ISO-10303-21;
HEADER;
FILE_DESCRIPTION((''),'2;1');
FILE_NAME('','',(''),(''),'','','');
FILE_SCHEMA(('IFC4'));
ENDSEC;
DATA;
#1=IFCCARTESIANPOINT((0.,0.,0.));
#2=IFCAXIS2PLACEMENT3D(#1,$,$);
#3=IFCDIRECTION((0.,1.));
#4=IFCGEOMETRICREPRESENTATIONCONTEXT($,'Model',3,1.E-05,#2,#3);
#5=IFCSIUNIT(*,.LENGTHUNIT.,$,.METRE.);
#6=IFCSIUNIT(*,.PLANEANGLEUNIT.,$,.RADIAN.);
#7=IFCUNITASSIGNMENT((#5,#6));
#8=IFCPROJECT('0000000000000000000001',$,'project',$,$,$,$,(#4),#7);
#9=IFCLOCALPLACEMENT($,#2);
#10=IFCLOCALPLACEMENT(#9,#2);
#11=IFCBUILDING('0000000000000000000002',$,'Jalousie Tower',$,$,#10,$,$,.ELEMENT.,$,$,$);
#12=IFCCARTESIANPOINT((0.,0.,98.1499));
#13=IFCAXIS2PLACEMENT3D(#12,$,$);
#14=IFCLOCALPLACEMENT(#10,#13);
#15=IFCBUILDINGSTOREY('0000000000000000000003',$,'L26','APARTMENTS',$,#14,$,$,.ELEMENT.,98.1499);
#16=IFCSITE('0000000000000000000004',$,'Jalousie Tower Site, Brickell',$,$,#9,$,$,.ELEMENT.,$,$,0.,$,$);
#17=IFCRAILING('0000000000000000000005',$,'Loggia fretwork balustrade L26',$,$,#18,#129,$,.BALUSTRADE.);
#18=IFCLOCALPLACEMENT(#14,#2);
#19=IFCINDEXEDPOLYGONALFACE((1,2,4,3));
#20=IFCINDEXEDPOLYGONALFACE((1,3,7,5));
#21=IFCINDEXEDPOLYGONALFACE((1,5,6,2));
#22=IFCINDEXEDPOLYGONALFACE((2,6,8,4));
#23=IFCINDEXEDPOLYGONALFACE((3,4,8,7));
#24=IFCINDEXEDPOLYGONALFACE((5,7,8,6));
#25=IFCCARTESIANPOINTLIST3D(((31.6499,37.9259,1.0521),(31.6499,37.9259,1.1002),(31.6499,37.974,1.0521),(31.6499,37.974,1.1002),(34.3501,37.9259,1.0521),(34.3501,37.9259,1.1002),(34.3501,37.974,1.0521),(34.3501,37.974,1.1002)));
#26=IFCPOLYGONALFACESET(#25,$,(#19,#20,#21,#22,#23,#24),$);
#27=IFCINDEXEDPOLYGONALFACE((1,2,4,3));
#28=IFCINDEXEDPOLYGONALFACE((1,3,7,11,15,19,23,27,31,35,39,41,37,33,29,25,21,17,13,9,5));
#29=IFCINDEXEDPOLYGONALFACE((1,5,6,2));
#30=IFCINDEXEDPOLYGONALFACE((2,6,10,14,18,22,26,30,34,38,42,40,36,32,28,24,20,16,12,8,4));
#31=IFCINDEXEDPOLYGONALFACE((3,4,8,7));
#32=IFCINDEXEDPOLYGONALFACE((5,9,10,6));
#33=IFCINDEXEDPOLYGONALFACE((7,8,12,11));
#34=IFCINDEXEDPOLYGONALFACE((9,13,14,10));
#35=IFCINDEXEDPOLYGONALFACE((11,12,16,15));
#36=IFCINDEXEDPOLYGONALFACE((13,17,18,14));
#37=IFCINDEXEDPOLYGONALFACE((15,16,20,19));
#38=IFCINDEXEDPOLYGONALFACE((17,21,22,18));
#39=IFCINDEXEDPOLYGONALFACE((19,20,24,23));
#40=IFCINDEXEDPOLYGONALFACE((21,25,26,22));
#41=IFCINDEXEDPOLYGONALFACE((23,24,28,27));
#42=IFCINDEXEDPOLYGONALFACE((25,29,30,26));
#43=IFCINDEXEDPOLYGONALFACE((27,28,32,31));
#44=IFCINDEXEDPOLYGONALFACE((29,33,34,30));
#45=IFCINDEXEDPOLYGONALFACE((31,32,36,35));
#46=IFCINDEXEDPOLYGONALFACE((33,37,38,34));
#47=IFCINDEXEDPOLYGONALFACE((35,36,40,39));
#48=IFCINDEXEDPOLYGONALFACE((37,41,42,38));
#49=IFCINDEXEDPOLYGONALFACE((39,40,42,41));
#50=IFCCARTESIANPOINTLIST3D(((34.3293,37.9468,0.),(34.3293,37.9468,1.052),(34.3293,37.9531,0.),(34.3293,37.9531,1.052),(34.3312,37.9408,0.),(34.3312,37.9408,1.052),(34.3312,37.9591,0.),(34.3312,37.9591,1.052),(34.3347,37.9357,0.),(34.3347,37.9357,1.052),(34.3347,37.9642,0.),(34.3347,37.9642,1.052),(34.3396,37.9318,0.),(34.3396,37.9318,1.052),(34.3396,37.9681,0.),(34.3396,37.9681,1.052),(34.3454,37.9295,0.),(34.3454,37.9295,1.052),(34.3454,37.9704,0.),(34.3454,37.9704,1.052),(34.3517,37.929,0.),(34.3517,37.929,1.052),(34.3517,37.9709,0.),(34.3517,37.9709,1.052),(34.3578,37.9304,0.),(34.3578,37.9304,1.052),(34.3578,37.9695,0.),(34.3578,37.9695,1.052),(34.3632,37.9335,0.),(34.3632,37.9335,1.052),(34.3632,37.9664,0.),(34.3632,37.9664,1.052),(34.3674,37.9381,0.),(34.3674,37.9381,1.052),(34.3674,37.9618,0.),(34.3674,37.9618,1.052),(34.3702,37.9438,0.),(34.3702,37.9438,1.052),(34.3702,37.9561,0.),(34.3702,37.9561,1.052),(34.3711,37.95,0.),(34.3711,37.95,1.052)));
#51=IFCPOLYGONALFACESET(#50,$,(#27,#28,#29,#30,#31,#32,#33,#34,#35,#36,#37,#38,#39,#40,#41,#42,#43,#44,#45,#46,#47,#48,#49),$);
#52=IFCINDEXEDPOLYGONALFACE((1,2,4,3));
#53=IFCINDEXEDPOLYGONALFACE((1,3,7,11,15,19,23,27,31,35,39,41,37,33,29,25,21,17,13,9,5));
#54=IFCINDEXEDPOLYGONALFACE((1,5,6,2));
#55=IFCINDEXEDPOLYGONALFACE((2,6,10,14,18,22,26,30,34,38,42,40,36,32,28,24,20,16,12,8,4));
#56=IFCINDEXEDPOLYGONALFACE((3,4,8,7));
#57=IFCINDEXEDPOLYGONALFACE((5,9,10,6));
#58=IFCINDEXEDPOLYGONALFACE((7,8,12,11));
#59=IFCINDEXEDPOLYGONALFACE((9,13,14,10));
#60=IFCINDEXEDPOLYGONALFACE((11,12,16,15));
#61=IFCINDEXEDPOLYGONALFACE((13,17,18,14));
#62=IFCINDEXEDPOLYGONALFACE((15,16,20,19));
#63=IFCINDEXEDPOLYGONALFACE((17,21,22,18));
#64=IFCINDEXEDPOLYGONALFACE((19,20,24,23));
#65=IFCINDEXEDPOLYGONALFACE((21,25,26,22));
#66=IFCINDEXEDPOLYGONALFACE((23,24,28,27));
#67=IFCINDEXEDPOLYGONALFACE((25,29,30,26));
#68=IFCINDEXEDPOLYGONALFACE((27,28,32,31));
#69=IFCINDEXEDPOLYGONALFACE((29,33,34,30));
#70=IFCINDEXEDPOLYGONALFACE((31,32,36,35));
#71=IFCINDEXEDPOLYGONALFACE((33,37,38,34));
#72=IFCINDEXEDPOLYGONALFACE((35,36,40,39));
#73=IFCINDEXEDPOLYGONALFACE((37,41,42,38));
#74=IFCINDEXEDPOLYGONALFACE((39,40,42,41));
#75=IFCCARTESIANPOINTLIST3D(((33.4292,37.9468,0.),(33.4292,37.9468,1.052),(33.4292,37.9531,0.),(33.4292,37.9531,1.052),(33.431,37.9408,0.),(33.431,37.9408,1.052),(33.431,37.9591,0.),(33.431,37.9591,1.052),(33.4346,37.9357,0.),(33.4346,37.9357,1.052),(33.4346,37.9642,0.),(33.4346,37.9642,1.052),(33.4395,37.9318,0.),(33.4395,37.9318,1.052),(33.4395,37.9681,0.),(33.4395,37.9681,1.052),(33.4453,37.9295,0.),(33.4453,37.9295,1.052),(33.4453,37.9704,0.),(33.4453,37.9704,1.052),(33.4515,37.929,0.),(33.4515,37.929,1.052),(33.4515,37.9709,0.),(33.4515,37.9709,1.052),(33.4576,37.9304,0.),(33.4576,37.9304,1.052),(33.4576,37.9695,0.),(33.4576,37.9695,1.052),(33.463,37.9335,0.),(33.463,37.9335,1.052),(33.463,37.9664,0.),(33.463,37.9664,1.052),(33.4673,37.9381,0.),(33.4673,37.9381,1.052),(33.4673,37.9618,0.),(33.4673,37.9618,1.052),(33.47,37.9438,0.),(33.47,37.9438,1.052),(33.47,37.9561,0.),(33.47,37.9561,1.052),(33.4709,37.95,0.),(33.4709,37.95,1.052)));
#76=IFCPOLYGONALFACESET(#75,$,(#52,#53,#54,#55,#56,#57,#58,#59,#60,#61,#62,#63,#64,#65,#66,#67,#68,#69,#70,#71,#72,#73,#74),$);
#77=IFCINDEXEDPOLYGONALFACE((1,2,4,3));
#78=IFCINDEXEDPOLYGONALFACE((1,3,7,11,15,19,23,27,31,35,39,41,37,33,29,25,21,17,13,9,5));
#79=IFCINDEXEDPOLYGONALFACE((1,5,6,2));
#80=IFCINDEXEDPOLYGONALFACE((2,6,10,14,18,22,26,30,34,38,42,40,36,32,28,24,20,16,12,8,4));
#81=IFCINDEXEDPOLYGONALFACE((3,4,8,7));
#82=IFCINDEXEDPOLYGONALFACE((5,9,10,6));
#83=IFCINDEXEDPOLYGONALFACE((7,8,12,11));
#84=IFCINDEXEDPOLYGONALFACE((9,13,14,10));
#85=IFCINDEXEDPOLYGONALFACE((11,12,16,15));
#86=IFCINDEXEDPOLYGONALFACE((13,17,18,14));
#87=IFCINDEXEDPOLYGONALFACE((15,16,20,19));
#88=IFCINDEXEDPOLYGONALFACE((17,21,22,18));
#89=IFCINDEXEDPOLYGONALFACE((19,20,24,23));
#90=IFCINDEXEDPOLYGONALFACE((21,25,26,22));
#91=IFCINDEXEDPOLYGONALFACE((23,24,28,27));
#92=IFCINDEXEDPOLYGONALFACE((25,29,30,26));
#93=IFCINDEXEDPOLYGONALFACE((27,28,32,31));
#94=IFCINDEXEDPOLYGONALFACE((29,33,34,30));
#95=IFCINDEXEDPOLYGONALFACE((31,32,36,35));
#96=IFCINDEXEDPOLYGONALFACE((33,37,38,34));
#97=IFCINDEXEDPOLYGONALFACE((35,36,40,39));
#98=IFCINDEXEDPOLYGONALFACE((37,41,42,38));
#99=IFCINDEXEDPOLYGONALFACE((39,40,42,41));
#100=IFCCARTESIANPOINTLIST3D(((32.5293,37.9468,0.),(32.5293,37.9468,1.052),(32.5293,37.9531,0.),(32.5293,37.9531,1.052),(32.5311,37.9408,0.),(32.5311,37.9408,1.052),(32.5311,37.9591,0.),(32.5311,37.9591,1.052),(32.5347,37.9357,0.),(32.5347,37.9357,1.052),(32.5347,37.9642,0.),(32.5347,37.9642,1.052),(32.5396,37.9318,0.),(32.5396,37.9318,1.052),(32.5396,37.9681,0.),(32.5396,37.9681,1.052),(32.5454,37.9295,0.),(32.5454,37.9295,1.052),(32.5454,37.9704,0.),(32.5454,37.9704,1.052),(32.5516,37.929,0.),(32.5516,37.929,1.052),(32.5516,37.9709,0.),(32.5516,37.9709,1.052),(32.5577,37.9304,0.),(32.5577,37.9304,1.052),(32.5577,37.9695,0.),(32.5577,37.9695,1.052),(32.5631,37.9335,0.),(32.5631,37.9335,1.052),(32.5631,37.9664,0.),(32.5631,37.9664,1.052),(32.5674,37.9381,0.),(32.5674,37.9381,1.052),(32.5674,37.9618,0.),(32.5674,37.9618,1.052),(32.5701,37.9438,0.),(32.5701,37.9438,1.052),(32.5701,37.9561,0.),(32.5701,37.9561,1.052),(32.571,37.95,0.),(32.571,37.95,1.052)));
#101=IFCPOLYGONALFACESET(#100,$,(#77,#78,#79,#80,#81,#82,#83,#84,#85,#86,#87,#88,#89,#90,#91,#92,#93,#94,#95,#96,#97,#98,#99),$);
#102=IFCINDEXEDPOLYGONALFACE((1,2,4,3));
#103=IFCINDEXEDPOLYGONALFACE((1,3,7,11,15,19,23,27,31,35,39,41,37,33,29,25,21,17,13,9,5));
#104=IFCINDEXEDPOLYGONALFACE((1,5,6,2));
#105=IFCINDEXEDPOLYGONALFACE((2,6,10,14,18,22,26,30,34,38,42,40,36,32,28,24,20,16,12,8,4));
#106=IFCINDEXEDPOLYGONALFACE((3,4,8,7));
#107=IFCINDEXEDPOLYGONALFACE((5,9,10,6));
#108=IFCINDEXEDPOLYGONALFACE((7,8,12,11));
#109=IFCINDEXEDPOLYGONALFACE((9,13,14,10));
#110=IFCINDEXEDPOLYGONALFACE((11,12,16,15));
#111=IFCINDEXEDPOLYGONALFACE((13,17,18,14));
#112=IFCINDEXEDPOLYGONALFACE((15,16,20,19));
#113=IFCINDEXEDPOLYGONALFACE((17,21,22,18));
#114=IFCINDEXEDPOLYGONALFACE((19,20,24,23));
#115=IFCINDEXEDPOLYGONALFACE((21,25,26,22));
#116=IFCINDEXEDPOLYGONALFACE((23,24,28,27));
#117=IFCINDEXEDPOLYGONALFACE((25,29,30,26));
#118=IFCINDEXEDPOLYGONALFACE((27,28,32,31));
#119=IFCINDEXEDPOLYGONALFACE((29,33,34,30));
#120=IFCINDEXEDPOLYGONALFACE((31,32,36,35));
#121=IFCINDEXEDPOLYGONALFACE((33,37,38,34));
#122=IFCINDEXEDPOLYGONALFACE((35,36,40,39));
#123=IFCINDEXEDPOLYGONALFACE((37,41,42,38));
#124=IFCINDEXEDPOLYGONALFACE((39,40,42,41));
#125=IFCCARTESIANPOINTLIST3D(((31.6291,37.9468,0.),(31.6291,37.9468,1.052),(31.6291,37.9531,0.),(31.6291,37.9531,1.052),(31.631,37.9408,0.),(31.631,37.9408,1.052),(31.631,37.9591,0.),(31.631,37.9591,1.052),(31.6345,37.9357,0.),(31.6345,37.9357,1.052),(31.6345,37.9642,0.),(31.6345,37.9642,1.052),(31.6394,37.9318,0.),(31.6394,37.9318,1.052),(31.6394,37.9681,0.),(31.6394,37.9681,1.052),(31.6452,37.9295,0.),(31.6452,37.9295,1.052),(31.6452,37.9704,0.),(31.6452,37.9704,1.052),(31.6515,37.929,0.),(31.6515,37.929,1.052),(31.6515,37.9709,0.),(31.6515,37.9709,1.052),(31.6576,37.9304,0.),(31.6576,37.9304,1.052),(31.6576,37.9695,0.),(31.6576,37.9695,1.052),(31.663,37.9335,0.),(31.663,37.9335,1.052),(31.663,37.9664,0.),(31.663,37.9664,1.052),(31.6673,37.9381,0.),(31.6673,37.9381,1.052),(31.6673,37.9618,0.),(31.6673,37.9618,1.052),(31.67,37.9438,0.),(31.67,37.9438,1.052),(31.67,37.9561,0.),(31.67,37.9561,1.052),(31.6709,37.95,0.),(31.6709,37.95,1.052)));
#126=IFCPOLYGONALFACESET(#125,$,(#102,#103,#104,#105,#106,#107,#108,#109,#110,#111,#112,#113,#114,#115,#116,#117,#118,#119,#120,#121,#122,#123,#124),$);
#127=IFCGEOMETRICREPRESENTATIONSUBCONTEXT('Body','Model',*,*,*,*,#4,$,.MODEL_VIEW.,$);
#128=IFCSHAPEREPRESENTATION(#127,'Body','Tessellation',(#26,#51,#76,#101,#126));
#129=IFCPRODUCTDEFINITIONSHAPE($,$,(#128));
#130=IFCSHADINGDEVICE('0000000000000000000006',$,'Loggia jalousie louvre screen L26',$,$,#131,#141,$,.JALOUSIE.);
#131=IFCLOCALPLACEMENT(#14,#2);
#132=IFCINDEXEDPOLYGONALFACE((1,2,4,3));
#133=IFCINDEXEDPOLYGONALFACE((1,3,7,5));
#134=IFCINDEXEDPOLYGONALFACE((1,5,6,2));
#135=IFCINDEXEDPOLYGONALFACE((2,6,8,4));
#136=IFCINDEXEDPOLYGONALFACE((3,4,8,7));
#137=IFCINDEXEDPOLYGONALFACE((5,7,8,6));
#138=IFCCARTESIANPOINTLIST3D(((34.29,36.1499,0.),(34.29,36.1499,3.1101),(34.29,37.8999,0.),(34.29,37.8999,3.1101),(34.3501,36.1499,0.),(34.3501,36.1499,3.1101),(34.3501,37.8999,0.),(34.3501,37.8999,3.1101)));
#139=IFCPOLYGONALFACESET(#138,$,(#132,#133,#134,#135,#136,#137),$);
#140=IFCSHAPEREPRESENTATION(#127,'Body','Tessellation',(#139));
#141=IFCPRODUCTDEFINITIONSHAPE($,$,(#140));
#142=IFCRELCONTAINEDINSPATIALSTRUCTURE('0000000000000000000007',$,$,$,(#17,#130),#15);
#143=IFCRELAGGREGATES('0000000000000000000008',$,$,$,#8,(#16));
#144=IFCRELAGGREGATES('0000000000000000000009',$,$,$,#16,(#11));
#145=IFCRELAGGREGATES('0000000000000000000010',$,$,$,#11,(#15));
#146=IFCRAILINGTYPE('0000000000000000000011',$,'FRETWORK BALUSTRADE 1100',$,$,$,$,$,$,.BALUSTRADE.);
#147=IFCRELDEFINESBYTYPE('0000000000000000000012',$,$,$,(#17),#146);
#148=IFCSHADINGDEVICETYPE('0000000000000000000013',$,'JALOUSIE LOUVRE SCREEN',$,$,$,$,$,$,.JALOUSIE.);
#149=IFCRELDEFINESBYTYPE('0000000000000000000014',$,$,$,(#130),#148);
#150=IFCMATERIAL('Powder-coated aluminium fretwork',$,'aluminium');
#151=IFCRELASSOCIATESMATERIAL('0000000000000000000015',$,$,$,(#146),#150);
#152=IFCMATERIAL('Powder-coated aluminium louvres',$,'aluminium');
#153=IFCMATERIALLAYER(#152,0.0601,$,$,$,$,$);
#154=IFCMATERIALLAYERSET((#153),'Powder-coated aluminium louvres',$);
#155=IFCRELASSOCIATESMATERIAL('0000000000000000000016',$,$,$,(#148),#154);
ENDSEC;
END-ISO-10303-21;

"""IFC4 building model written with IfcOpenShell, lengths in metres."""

from ifc_helpers import new_model, si_unit, direction, frame, origin, origin_2d, place, context, subcontext, project, spatial, rectangle, circle, extrude, material, layer, layer_set, type_object, element, save


model = new_model("IFC4")

# Units and contexts
model_context = context("Model", 3, precision=1e-05, world=origin(), true_north=direction((0.0, 1.0)))
body_context = subcontext(model_context, "Body", "Model", "MODEL_VIEW")
ifc_project = project(units=[si_unit("LENGTHUNIT", "METRE"), si_unit("PLANEANGLEUNIT", "RADIAN")], contexts=[model_context])

# Site, building, storey
site_placement = place(None, origin())
site = spatial("IfcSite", under=ifc_project, at=site_placement, Name="Jalousie Tower Site, Brickell", CompositionType="ELEMENT", RefElevation=0.0)
building_placement = place(site_placement, origin())
building = spatial("IfcBuilding", under=site, at=building_placement, Name="Jalousie Tower", CompositionType="ELEMENT")
storey_placement = place(building_placement, frame((0.0, 0.0, 98.1499)))
storey = spatial("IfcBuildingStorey", under=building, at=storey_placement, Name="L26", Description="APARTMENTS", CompositionType="ELEMENT", Elevation=98.1499)

# Railing
ifc_material_1 = material(Name="Powder-coated aluminium fretwork", Category="aluminium")
railing_type = type_object("IfcRailingType", Name="FRETWORK BALUSTRADE 1100", PredefinedType="BALUSTRADE", material=ifc_material_1)
railing_placement = place(storey_placement, frame((34.3501, 37.95, 0.0)))
element("IfcRailing", 1, at=railing_placement, inside=storey, type_object=railing_type, Name="Loggia fretwork balustrade L26", PredefinedType="BALUSTRADE", context=body_context, shape_type="SweptSolid", body=[
    extrude(rectangle(XDim=0.0481, YDim=0.0481, at=origin_2d()), frame((0.0, 0.0, 1.0762), z_axis=(-1.0, 0.0, 0.0), x_axis=(0.0, -1.0, 0.0)), (0.0, 0.0, 1.0), 2.7002),
    extrude(circle(Radius=0.021, at=origin_2d()), origin(), (0.0, 0.0, 1.0), 1.052),
    extrude(circle(Radius=0.021, at=origin_2d()), frame((-0.9001, 0.0, 0.0)), (0.0, 0.0, 1.0), 1.052),
    extrude(circle(Radius=0.021, at=origin_2d()), frame((-1.8, 0.0, 0.0)), (0.0, 0.0, 1.0), 1.052),
    extrude(circle(Radius=0.021, at=origin_2d()), frame((-2.7002, 0.0, 0.0)), (0.0, 0.0, 1.0), 1.052),
])

# Shading device
ifc_material_2 = material(Name="Powder-coated aluminium louvres", Category="aluminium")
ifc_layer_1 = layer(ifc_material_2, 0.0601)
ifc_layer_set_1 = layer_set([ifc_layer_1], Name="Powder-coated aluminium louvres")
shading_device_type = type_object("IfcShadingDeviceType", Name="JALOUSIE LOUVRE SCREEN", PredefinedType="JALOUSIE", material=ifc_layer_set_1)
shading_device_placement = place(storey_placement, frame((34.3201, 37.0249, 0.0), z_axis=(0.0, 0.0, 1.0), x_axis=(-1.0, 0.0, 0.0)))
element("IfcShadingDevice", 2, at=shading_device_placement, inside=storey, type_object=shading_device_type, Name="Loggia jalousie louvre screen L26", PredefinedType="JALOUSIE", context=body_context, shape_type="SweptSolid", body=[
    extrude(rectangle(XDim=0.0601, YDim=1.75, at=origin_2d()), origin(), (0.0, 0.0, 1.0), 3.1101),
])

save(model, "model.ifc")
